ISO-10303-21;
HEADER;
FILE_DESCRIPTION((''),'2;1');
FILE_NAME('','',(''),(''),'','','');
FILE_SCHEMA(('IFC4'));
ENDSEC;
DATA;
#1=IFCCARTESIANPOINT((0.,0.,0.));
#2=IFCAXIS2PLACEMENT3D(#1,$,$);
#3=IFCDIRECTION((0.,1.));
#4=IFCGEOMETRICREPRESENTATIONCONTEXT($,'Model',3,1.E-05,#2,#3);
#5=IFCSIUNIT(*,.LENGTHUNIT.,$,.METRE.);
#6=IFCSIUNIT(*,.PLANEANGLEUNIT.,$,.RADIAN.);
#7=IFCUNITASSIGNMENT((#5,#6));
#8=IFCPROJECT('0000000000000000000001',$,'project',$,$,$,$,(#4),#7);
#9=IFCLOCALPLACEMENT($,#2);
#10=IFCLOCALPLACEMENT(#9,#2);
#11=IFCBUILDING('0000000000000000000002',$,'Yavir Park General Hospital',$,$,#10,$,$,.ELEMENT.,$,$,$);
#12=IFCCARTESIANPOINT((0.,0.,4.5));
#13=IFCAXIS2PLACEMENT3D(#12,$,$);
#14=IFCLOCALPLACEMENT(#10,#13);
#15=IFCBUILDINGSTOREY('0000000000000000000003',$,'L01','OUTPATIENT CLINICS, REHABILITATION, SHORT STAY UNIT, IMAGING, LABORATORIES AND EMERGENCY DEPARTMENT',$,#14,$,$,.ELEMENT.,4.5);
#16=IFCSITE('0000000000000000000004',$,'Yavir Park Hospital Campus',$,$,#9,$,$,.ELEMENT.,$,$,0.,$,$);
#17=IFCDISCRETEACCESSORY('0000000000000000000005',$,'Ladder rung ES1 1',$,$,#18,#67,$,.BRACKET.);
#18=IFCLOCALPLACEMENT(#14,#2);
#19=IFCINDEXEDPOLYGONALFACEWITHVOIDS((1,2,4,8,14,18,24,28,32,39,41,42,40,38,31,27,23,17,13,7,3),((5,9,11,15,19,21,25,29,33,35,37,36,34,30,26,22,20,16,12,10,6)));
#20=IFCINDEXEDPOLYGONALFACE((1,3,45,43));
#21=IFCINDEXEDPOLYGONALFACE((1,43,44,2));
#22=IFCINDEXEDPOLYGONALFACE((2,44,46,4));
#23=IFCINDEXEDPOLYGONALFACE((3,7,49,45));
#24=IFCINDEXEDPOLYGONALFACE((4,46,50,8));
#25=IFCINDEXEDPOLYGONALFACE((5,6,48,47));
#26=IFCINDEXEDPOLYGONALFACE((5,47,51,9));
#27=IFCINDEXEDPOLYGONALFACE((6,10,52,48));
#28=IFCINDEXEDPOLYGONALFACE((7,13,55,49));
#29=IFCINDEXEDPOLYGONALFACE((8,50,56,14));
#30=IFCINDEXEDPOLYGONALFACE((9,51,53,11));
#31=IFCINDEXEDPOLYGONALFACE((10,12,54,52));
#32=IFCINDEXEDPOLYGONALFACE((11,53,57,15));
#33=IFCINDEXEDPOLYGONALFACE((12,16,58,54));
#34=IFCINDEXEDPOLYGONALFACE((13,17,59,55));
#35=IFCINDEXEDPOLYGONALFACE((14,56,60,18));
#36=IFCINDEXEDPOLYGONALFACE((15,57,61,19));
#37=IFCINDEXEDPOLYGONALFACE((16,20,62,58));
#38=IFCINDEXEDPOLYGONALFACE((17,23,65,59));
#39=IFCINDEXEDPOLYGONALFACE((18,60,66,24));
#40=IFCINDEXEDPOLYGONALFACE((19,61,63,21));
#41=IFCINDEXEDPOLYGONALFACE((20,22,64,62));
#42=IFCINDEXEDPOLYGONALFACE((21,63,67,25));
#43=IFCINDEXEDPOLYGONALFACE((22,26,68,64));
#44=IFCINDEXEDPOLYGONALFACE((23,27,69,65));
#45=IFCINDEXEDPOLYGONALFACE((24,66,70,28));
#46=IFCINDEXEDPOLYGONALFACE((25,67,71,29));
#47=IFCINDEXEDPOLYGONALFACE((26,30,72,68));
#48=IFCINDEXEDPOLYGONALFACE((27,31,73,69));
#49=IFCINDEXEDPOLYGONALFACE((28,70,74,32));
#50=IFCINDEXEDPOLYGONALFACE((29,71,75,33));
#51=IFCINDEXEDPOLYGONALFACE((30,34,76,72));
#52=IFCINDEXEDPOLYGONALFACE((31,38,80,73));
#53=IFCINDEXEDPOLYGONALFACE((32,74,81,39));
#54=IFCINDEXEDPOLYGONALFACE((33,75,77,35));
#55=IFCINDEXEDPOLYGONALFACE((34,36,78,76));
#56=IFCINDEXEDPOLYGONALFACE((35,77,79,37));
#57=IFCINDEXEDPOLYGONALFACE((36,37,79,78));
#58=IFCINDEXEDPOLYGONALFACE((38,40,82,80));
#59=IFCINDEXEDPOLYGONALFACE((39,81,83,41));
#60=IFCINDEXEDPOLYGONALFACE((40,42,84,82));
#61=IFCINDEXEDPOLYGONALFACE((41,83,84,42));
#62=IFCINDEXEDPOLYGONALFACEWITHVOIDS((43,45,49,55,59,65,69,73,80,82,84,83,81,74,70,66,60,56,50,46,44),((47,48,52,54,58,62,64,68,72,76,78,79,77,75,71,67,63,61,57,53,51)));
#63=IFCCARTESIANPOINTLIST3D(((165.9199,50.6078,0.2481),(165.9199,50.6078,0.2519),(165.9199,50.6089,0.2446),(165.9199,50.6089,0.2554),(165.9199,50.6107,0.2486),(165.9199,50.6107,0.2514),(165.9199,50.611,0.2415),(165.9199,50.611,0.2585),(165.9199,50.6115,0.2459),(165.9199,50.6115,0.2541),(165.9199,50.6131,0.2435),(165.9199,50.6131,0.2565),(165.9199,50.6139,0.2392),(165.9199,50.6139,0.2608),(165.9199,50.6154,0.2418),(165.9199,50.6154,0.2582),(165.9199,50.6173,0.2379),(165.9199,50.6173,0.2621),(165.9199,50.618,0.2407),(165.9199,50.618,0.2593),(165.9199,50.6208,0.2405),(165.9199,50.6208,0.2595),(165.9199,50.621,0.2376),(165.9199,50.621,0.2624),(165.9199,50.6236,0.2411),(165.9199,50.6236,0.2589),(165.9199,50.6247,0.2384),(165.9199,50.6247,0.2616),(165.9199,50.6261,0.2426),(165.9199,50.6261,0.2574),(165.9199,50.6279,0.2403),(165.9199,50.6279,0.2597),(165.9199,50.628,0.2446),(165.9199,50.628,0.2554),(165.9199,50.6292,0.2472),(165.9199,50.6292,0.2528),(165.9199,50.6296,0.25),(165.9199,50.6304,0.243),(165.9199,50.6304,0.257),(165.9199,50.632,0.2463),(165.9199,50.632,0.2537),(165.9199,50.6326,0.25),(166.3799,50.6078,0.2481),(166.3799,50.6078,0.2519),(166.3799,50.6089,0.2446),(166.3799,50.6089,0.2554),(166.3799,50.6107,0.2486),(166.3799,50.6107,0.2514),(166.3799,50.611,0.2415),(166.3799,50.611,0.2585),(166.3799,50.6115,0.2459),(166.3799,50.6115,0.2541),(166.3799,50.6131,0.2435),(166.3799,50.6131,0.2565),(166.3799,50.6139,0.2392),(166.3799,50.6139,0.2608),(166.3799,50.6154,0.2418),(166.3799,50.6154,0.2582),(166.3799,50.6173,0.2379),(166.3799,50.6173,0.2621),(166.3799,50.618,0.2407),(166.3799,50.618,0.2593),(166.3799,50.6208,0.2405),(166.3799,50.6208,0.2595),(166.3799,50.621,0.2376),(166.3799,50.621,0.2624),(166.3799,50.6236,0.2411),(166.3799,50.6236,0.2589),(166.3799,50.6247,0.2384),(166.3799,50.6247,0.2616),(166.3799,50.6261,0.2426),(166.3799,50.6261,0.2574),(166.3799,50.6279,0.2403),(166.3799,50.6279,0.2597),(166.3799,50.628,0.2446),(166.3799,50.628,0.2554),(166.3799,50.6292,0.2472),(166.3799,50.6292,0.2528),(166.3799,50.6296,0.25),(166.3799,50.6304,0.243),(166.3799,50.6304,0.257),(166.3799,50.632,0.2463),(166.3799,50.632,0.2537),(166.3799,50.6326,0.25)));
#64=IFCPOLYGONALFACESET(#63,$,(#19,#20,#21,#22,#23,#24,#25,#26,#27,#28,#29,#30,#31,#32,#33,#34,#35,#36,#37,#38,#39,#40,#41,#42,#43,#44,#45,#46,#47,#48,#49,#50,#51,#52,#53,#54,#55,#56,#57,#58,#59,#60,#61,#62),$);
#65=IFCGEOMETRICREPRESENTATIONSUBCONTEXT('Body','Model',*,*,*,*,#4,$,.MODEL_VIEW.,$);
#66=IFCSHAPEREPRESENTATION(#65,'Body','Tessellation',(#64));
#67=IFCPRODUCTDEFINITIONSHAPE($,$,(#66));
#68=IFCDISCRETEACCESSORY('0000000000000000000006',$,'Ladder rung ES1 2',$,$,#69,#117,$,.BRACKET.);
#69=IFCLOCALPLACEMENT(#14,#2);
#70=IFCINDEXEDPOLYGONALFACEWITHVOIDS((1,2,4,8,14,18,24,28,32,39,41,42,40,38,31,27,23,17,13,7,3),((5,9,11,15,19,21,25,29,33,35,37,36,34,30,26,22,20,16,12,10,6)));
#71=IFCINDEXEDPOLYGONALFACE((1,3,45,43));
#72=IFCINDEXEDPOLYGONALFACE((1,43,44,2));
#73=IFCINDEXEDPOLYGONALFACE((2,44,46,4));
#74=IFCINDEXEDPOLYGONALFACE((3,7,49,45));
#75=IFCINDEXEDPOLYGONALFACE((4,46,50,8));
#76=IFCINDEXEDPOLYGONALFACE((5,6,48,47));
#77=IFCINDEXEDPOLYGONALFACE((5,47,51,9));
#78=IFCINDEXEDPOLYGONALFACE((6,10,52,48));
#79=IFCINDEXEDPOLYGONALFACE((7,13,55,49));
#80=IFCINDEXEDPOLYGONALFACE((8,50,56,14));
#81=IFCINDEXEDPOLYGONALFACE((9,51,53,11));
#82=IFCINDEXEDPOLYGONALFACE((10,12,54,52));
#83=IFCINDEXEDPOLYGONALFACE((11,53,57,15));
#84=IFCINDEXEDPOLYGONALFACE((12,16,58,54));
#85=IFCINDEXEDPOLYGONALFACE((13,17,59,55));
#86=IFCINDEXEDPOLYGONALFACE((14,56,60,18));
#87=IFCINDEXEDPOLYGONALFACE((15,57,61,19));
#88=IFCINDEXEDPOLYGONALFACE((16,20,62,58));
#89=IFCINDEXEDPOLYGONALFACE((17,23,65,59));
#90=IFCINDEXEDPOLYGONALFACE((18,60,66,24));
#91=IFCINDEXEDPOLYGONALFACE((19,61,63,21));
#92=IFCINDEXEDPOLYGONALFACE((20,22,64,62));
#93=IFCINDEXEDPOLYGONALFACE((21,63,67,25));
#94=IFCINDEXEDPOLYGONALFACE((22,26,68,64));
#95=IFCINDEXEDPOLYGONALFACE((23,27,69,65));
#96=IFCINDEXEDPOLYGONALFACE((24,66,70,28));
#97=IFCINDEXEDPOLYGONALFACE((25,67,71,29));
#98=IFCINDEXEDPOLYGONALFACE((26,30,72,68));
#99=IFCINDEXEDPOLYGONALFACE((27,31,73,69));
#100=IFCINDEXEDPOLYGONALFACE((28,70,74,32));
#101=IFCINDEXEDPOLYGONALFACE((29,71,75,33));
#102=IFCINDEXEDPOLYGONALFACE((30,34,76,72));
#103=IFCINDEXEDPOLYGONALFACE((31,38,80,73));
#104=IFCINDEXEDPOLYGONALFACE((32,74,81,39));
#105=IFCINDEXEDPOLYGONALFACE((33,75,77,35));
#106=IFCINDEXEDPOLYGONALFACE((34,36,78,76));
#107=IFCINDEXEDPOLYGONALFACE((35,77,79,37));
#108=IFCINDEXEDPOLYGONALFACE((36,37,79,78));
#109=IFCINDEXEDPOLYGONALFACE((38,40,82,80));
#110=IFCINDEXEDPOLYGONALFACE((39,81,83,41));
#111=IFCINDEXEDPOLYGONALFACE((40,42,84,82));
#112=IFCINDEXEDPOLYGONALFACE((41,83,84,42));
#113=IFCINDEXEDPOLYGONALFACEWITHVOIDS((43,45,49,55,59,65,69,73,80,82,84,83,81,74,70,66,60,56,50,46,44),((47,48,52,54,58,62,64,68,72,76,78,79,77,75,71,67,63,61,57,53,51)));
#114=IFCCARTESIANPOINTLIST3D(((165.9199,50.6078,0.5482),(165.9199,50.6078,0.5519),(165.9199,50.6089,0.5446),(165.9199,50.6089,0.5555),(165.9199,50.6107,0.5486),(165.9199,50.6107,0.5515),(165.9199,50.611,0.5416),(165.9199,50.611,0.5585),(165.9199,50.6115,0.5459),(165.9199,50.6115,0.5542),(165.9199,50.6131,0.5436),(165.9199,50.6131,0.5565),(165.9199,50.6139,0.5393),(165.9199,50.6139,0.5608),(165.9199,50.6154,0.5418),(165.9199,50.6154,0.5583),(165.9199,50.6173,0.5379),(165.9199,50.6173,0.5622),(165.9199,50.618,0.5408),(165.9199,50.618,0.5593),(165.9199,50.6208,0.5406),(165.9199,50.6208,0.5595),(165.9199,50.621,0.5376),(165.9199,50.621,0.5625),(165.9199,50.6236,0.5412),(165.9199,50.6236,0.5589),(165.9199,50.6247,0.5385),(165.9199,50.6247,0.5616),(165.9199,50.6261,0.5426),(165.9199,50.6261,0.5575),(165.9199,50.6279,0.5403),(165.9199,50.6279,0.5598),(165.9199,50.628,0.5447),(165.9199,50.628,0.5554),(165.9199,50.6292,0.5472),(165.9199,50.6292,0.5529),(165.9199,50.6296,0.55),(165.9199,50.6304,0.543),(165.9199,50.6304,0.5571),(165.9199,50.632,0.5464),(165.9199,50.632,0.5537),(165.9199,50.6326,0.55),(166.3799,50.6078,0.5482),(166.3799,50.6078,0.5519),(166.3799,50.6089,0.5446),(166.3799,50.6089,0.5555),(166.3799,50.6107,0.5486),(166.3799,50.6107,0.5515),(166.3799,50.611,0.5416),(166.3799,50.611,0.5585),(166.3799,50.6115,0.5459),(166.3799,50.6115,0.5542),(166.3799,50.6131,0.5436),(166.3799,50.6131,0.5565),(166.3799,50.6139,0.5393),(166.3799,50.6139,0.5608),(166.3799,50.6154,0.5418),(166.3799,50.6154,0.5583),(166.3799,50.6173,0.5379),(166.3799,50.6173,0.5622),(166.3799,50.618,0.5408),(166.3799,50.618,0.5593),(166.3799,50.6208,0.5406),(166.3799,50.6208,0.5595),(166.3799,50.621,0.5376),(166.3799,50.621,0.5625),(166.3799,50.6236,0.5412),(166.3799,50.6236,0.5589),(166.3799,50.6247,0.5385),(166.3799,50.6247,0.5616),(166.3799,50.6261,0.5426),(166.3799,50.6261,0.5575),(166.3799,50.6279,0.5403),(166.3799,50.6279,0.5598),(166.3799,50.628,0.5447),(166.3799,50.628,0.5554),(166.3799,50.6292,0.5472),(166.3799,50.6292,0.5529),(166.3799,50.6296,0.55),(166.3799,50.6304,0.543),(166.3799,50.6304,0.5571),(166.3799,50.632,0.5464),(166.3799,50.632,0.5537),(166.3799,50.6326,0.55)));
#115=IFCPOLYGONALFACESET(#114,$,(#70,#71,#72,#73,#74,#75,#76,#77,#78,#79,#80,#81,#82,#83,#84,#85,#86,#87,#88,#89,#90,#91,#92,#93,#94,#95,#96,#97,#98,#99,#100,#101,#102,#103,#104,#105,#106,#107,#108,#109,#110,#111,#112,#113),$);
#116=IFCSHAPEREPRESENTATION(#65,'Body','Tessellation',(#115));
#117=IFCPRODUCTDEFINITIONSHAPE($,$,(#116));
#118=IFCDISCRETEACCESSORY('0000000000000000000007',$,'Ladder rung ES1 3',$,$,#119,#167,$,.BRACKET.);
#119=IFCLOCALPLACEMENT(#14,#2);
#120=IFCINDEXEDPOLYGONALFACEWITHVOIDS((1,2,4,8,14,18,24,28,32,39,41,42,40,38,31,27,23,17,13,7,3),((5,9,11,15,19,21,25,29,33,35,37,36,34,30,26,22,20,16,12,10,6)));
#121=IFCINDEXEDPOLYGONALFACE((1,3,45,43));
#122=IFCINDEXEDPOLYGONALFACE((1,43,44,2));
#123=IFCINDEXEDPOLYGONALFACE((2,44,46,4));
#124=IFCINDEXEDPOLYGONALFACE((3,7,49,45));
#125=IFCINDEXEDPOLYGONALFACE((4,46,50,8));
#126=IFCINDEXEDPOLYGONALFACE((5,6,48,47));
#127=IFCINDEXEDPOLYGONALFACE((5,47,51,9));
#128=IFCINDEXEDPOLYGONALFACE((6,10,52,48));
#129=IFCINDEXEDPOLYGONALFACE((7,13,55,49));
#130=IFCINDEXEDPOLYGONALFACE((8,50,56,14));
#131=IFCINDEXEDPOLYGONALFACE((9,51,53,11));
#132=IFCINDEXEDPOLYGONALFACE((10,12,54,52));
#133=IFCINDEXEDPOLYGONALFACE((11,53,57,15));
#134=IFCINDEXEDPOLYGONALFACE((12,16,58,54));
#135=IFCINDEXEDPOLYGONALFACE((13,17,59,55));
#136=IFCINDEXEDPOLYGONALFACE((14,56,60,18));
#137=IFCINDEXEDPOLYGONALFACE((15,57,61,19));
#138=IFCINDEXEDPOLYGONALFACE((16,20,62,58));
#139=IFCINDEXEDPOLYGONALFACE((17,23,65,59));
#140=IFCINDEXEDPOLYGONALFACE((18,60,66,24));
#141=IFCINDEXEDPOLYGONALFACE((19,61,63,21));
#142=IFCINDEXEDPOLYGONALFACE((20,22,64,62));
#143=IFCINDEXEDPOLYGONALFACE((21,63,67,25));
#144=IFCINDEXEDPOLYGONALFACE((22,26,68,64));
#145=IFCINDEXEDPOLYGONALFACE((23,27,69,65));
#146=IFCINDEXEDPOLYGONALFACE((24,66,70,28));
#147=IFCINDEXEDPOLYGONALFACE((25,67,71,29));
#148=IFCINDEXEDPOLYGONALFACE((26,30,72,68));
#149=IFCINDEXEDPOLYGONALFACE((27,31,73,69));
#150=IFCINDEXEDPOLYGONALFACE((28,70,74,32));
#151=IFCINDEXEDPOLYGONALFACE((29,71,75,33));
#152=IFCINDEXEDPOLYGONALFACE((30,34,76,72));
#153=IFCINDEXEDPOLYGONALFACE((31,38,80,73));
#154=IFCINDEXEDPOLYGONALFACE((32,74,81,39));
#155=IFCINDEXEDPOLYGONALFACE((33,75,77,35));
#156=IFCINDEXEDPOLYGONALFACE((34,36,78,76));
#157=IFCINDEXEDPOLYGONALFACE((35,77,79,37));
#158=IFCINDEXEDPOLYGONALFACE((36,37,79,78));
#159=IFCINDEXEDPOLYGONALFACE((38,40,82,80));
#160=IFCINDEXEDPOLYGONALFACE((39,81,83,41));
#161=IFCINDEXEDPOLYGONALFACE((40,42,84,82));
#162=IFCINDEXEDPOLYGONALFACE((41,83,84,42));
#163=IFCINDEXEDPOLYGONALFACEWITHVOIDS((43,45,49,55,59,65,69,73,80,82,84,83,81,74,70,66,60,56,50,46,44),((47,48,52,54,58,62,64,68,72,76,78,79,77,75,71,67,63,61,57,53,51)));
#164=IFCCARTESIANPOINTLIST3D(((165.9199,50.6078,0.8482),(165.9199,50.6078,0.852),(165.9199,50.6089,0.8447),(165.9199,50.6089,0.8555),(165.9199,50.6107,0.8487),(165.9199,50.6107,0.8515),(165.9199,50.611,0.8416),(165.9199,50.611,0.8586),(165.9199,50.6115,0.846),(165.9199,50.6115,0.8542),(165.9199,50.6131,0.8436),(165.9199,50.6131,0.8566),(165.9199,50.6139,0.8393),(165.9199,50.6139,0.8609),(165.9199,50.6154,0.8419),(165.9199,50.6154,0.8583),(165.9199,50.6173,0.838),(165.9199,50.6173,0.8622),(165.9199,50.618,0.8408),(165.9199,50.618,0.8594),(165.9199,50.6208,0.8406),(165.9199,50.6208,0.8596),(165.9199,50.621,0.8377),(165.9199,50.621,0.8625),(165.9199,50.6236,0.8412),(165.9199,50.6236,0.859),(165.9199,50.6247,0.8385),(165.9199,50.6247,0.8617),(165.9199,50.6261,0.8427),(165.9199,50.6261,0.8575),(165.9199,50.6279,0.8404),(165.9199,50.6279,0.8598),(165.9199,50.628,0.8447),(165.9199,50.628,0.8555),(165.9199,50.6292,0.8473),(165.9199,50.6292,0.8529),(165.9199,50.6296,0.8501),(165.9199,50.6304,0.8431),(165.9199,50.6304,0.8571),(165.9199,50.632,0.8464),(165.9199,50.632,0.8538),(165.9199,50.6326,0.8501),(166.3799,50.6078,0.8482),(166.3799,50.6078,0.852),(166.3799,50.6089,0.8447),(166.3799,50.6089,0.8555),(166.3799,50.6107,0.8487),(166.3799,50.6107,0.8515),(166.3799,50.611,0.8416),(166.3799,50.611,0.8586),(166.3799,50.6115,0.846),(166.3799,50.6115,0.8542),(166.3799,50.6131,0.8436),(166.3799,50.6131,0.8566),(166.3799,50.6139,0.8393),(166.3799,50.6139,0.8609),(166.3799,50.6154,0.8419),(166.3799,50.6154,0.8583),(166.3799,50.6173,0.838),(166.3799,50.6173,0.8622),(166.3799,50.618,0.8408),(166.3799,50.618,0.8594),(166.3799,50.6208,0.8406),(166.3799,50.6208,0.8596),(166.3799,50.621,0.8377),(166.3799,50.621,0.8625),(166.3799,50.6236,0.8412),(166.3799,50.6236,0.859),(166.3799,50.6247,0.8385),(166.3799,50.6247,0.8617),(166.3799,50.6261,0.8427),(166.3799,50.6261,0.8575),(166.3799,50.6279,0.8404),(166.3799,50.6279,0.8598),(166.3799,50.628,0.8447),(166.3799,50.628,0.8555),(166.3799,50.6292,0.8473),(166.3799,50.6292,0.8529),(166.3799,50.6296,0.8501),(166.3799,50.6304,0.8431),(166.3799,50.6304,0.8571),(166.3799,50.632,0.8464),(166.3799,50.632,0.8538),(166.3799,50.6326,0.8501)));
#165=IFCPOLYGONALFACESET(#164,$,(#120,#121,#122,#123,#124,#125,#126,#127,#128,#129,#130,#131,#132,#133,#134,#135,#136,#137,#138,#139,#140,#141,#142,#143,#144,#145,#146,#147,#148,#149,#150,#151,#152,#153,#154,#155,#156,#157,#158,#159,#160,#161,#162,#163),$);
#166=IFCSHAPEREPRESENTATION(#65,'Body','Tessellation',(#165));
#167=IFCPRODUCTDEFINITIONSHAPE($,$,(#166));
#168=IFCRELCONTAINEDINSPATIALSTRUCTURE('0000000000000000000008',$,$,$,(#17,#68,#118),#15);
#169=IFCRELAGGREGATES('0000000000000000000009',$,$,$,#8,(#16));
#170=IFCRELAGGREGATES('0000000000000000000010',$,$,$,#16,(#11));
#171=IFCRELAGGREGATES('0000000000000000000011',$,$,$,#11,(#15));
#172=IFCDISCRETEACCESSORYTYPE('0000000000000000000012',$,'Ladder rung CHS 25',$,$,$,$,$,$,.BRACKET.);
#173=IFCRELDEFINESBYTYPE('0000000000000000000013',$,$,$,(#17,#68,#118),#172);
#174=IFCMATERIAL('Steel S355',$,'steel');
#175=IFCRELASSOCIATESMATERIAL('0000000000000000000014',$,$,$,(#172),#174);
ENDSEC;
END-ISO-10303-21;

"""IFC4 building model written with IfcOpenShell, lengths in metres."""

from ifc_helpers import new_model, si_unit, direction, frame, origin, origin_2d, place, context, subcontext, project, spatial, hollow_circle, extrude, material, material_profile, profile_set, type_object, element, save


model = new_model("IFC4")

# Units and contexts
model_context = context("Model", 3, precision=1e-05, world=origin(), true_north=direction((0.0, 1.0)))
body_context = subcontext(model_context, "Body", "Model", "MODEL_VIEW")
ifc_project = project(units=[si_unit("LENGTHUNIT", "METRE"), si_unit("PLANEANGLEUNIT", "RADIAN")], contexts=[model_context])

# Site, building, storey
site_placement = place(None, origin())
site = spatial("IfcSite", under=ifc_project, at=site_placement, Name="Yavir Park Hospital Campus", CompositionType="ELEMENT", RefElevation=0.0)
building_placement = place(site_placement, origin())
building = spatial("IfcBuilding", under=site, at=building_placement, Name="Yavir Park General Hospital", CompositionType="ELEMENT")
storey_placement = place(building_placement, frame((0.0, 0.0, 4.5)))
storey = spatial("IfcBuildingStorey", under=building, at=storey_placement, Name="L01", Description="OUTPATIENT CLINICS, REHABILITATION, SHORT STAY UNIT, IMAGING, LABORATORIES AND EMERGENCY DEPARTMENT", CompositionType="ELEMENT", Elevation=4.5)

# Discrete accessories
ifc_material_1 = material(Name="Steel S355", Category="steel")
ifc_material_profile_1 = material_profile(ifc_material_1, hollow_circle(Radius=0.0125, WallThickness=0.0029, at=origin_2d()), Name="CHS25x3")
ifc_profile_set_1 = profile_set([ifc_material_profile_1], Name="Steel S355")
discrete_accessory_type_1 = type_object("IfcDiscreteAccessoryType", Name="Ladder rung CHS 25", PredefinedType="BRACKET", material=ifc_profile_set_1)
for number, where, z_axis, x_axis, name in (
    (1, (165.9199, 50.6201, 0.25), (1.0, 0.0, 0.0), (0.0, 1.0, 0.0), "Ladder rung ES1 1"),
    (2, (165.9199, 50.6201, 0.55), (1.0, 0.0, 0.0), (0.0, 1.0, 0.0), "Ladder rung ES1 2"),
    (3, (165.9199, 50.6201, 0.8501), (1.0, 0.0, 0.0), (0.0, 1.0, 0.0), "Ladder rung ES1 3"),
):
    element("IfcDiscreteAccessory", number, at=place(storey_placement, frame(where, z_axis=z_axis, x_axis=x_axis)), inside=storey, type_object=discrete_accessory_type_1, Name=name, PredefinedType="BRACKET", context=body_context, shape_type="SweptSolid", body=[
        extrude(hollow_circle(Radius=0.0125, WallThickness=0.0029, at=origin_2d()), origin(), (0.0, 0.0, 1.0), 0.46),
    ])

save(model, "model.ifc")
